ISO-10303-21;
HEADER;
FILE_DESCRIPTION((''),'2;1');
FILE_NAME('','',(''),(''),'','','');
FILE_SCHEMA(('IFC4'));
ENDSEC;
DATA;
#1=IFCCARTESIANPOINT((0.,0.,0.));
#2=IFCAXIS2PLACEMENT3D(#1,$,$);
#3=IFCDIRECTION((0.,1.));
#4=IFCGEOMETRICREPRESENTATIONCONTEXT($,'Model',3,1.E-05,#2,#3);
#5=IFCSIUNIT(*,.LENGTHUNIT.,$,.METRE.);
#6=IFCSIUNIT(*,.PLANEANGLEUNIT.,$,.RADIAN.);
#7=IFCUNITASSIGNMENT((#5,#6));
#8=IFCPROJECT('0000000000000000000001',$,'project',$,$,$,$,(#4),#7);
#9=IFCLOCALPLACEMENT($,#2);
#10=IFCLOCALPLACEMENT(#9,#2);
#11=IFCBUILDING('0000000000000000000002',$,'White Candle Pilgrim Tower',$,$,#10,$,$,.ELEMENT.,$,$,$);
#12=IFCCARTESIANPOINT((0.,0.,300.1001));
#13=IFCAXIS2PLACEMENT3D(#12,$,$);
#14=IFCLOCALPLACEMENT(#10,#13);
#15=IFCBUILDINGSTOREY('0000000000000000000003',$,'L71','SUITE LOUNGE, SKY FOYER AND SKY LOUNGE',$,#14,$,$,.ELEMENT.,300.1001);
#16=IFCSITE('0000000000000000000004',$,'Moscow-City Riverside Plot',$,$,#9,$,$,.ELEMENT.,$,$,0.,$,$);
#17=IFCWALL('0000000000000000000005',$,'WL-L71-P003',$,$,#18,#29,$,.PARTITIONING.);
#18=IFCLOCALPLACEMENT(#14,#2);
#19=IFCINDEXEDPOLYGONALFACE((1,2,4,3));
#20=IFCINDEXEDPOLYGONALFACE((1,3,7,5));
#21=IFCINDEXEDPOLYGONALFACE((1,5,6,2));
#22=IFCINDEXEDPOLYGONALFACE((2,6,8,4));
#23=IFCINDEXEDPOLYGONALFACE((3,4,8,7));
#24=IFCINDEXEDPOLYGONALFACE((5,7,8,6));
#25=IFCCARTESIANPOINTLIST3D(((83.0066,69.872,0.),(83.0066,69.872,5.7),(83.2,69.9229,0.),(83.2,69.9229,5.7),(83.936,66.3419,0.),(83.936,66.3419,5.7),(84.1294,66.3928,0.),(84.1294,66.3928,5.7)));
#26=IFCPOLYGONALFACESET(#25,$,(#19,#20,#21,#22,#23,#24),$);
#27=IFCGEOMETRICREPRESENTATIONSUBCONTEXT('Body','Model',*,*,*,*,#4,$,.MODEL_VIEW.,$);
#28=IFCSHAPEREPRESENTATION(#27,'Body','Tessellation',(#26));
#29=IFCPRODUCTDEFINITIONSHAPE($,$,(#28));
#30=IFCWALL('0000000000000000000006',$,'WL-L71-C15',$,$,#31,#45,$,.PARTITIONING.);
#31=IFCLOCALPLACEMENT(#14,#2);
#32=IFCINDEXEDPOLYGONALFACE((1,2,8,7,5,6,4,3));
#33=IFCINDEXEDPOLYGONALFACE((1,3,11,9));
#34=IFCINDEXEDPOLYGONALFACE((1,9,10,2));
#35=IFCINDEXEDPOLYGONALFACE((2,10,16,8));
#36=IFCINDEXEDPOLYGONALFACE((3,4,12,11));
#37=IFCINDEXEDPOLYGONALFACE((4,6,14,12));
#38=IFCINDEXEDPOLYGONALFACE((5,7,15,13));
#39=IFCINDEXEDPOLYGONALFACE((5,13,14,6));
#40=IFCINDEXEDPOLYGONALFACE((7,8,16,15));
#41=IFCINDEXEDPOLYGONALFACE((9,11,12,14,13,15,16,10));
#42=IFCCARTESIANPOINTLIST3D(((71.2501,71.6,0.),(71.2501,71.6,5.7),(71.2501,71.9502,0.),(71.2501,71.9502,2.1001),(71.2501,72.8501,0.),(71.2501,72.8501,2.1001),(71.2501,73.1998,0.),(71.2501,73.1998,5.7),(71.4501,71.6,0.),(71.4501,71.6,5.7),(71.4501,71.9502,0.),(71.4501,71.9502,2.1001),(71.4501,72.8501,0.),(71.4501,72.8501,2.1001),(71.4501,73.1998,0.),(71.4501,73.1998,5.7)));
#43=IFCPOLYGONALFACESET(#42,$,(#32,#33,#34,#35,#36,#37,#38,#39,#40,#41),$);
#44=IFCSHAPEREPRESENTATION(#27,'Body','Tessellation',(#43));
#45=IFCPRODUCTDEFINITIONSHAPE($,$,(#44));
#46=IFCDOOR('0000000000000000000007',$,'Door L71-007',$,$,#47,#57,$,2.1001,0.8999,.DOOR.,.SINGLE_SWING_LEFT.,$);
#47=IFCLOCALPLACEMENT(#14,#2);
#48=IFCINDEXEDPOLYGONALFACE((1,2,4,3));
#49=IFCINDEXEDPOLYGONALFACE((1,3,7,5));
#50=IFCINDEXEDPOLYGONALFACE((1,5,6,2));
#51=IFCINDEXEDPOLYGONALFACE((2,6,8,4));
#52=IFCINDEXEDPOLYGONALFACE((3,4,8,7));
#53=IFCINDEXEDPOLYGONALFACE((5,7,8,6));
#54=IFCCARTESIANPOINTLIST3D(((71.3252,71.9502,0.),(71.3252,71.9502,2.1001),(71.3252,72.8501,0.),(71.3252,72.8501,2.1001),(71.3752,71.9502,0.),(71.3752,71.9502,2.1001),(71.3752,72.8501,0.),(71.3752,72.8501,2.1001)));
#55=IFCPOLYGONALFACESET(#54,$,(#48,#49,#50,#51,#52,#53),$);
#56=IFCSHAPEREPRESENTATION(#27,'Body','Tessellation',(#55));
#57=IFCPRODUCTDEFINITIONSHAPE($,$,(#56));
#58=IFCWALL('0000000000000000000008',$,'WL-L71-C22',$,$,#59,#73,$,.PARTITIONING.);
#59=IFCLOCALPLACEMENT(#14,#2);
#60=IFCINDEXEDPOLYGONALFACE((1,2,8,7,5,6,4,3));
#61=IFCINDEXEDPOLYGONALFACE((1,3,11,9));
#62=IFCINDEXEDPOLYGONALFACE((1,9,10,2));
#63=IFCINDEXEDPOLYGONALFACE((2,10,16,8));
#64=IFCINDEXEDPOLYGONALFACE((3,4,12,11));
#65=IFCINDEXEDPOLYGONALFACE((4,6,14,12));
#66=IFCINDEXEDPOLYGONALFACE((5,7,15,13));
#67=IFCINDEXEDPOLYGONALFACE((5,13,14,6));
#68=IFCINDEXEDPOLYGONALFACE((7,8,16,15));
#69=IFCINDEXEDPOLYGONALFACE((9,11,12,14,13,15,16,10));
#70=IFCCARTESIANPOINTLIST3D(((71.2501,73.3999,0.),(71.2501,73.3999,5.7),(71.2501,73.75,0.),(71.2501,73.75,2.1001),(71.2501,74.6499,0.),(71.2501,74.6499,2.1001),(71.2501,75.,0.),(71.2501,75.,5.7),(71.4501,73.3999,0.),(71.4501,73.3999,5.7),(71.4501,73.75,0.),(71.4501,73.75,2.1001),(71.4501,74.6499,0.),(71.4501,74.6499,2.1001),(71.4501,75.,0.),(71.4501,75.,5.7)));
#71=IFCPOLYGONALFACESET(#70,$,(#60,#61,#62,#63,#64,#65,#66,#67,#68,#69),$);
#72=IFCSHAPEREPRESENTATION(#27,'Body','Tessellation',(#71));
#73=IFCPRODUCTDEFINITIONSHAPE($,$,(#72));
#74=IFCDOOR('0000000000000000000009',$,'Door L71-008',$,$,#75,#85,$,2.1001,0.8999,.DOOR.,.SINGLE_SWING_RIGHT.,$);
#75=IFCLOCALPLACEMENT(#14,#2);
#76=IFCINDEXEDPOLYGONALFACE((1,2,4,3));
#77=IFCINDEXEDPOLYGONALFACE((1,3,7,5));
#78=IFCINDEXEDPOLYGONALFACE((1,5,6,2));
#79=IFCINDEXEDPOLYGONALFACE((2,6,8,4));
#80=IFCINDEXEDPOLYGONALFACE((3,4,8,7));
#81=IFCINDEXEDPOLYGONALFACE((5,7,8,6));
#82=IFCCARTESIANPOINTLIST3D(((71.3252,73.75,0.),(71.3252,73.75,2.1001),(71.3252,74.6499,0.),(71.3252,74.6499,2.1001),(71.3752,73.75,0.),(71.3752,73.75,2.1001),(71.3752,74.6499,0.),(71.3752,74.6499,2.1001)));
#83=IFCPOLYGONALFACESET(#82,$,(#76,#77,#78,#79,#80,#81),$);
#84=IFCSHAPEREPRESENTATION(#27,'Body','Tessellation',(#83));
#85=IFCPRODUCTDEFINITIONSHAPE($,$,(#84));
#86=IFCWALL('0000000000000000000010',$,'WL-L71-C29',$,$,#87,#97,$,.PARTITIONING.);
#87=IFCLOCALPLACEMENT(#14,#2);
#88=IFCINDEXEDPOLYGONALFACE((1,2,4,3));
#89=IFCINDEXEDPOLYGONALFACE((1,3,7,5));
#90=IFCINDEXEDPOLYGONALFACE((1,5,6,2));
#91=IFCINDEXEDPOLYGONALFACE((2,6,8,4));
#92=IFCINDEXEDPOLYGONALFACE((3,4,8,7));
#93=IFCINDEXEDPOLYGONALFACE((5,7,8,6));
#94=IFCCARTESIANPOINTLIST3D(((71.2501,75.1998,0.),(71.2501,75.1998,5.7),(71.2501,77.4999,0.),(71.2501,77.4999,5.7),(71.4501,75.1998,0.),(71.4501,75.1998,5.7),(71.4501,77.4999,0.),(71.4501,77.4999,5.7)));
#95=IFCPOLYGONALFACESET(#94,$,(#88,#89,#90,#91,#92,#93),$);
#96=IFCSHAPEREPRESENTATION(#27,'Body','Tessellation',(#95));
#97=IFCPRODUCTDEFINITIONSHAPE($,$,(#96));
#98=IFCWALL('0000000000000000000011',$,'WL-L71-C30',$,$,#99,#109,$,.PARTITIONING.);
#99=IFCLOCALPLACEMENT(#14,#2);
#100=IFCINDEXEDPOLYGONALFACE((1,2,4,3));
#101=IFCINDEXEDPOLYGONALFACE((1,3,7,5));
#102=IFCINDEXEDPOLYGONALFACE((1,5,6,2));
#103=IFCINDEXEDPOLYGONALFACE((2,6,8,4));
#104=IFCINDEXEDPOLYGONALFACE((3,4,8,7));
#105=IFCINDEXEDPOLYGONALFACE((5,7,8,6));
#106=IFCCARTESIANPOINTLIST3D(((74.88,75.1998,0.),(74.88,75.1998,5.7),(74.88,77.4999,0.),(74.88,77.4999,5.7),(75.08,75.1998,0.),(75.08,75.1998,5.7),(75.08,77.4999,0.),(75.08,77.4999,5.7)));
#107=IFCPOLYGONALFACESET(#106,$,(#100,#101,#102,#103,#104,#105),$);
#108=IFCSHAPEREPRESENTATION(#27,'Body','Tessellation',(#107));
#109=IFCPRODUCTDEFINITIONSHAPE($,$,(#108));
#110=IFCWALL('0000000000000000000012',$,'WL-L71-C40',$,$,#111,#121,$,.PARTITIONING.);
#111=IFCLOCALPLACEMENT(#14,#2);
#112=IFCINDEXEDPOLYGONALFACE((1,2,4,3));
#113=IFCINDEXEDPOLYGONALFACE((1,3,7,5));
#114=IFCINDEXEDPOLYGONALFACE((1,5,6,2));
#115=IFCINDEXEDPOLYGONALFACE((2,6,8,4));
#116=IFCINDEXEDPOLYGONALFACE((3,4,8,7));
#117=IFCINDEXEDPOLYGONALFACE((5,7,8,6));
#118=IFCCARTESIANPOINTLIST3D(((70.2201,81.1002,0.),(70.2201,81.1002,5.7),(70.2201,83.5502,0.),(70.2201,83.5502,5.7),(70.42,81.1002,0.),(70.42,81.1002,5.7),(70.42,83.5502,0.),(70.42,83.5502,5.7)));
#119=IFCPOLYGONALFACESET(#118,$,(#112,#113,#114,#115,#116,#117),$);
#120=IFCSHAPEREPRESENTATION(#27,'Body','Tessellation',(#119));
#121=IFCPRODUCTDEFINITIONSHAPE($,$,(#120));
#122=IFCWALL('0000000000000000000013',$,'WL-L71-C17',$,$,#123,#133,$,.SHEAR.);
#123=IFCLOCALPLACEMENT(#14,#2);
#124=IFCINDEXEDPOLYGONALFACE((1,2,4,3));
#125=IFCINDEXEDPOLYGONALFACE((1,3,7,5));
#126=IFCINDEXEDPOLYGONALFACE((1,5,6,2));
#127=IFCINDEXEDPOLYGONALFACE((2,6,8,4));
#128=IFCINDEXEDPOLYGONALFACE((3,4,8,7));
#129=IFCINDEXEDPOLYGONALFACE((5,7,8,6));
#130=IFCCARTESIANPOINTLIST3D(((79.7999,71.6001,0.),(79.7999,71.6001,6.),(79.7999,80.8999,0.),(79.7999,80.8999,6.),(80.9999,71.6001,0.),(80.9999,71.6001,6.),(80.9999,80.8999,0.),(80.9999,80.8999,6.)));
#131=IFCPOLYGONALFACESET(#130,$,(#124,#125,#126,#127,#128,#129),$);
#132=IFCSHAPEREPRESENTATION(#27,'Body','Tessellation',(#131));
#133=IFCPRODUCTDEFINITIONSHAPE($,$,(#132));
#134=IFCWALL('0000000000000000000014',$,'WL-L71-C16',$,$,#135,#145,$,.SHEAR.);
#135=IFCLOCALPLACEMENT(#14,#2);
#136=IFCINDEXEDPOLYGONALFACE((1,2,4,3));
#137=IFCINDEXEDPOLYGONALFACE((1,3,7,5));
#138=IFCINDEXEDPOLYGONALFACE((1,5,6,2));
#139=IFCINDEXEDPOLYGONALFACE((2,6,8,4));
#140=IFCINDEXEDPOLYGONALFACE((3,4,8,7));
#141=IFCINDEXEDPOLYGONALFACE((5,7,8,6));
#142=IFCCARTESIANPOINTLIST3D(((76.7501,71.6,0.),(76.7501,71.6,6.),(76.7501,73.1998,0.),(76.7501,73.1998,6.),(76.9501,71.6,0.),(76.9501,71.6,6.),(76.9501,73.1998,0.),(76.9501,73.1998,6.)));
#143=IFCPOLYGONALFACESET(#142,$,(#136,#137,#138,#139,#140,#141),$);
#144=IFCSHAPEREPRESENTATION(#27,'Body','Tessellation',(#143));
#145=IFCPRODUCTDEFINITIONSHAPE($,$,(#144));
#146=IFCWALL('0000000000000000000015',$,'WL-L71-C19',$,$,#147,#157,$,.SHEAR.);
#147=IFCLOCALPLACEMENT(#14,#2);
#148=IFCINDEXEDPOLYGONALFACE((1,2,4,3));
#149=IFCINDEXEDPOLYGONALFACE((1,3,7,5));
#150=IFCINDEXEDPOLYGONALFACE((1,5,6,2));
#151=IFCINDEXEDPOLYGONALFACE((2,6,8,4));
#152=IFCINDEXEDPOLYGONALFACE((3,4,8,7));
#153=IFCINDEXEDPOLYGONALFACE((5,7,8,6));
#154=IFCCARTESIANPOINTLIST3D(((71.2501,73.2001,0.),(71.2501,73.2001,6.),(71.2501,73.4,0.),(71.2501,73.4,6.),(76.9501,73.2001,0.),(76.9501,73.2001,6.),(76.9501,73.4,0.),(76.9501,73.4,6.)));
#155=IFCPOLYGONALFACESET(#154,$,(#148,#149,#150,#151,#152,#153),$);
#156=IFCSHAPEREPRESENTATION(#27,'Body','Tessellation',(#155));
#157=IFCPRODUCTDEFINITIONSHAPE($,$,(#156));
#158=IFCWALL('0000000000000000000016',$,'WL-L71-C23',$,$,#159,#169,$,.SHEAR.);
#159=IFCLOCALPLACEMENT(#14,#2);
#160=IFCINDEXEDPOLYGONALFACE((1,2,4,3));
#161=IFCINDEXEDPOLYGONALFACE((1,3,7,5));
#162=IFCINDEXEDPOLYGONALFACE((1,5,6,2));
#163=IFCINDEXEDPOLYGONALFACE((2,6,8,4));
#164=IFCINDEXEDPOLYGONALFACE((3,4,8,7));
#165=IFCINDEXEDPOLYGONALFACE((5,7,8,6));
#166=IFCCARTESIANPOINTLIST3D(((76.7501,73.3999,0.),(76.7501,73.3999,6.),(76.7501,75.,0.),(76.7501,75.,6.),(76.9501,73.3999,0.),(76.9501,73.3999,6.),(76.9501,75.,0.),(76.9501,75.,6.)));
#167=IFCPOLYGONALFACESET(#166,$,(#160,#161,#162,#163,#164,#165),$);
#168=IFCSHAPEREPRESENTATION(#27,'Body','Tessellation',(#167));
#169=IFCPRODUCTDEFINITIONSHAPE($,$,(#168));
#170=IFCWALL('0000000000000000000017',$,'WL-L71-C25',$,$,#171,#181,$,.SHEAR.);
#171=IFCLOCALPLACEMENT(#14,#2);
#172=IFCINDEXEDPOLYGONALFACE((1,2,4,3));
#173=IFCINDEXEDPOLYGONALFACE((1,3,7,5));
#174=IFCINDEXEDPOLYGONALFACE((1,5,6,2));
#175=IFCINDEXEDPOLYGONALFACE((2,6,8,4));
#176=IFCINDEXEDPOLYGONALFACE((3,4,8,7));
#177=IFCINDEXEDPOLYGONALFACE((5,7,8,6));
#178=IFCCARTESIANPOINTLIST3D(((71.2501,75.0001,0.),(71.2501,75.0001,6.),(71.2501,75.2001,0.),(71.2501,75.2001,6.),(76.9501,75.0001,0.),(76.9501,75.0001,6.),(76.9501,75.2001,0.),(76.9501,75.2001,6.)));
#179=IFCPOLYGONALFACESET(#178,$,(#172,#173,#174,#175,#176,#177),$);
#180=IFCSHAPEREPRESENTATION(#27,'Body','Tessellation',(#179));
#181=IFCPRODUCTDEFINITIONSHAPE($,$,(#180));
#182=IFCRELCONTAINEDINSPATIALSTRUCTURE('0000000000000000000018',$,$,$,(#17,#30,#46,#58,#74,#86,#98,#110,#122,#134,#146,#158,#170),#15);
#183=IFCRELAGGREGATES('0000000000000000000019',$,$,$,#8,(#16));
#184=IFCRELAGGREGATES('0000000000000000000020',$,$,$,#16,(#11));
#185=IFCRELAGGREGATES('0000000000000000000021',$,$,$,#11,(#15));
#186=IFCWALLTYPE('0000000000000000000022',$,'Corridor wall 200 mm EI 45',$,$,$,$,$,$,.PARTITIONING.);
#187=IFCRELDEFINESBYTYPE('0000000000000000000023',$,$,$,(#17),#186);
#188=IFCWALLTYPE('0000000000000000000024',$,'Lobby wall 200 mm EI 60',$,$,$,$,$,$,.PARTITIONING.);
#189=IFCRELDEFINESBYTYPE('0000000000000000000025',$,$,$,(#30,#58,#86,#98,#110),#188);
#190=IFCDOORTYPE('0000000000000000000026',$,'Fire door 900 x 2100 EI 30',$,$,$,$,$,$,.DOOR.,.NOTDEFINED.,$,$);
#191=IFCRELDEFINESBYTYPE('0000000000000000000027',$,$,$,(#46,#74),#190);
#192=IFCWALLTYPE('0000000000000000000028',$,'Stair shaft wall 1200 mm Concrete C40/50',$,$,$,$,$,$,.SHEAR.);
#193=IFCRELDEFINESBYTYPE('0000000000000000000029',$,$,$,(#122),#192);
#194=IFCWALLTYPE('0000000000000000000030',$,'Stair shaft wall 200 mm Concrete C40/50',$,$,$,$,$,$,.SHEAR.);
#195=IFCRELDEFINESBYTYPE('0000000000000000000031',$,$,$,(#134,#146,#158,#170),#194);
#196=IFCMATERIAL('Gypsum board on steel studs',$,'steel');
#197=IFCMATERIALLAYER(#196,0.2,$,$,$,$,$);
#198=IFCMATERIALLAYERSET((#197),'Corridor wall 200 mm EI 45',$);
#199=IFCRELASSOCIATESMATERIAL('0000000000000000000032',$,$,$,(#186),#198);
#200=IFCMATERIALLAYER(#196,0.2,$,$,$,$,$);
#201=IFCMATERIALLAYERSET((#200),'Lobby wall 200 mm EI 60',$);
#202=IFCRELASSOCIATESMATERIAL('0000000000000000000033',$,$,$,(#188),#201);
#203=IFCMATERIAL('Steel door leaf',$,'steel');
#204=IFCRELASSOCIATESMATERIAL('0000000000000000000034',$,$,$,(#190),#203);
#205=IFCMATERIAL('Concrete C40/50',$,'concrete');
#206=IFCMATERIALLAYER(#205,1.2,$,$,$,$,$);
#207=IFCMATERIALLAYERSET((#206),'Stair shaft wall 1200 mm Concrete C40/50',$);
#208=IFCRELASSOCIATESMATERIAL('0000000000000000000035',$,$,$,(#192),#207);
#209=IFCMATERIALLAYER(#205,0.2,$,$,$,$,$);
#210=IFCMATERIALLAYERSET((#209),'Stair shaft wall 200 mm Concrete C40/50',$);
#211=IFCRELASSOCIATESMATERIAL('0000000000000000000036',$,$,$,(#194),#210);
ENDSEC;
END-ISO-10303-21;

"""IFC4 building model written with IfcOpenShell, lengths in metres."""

from ifc_helpers import new_model, si_unit, direction, frame, frame_2d, origin, place, context, subcontext, project, spatial, rectangle, extrude, material, layer, layer_set, type_object, element, fill, save


model = new_model("IFC4")

# Units and contexts
model_context = context("Model", 3, precision=1e-05, world=origin(), true_north=direction((0.0, 1.0)))
body_context = subcontext(model_context, "Body", "Model", "MODEL_VIEW")
ifc_project = project(units=[si_unit("LENGTHUNIT", "METRE"), si_unit("PLANEANGLEUNIT", "RADIAN")], contexts=[model_context])

# Site, building, storey
site_placement = place(None, origin())
site = spatial("IfcSite", under=ifc_project, at=site_placement, Name="Moscow-City Riverside Plot", CompositionType="ELEMENT", RefElevation=0.0)
building_placement = place(site_placement, origin())
building = spatial("IfcBuilding", under=site, at=building_placement, Name="White Candle Pilgrim Tower", CompositionType="ELEMENT")
storey_placement = place(building_placement, frame((0.0, 0.0, 300.1001)))
storey = spatial("IfcBuildingStorey", under=building, at=storey_placement, Name="L71", Description="SUITE LOUNGE, SKY FOYER AND SKY LOUNGE", CompositionType="ELEMENT", Elevation=300.1001)

# Wall
ifc_material_1 = material(Name="Gypsum board on steel studs", Category="steel")
ifc_layer_1 = layer(ifc_material_1, 0.2)
ifc_layer_set_1 = layer_set([ifc_layer_1], Name="Corridor wall 200 mm EI 45")
wall_type_1 = type_object("IfcWallType", Name="Corridor wall 200 mm EI 45", PredefinedType="PARTITIONING", material=ifc_layer_set_1)
wall_1_placement = place(storey_placement, frame((83.1033, 69.8975, 0.0), z_axis=(0.0, 0.0, 1.0), x_axis=(0.254618, -0.967042, 0.0)))
element("IfcWall", 1, at=wall_1_placement, inside=storey, type_object=wall_type_1, Name="WL-L71-P003", PredefinedType="PARTITIONING", context=body_context, shape_type="SweptSolid", body=[
    extrude(rectangle(XDim=3.6504, YDim=0.2, at=frame_2d((1.8252, 0.0))), origin(), (0.0, 0.0, 1.0), 5.7),
])

# Walls, openings, doors
ifc_layer_2 = layer(ifc_material_1, 0.2)
ifc_layer_set_2 = layer_set([ifc_layer_2], Name="Lobby wall 200 mm EI 60")
wall_type_2 = type_object("IfcWallType", Name="Lobby wall 200 mm EI 60", PredefinedType="PARTITIONING", material=ifc_layer_set_2)
wall_2_placement = place(storey_placement, frame((71.3501, 71.6001, 0.0), z_axis=(0.0, 0.0, 1.0), x_axis=(0.0, 1.0, 0.0)))
wall_2 = element("IfcWall", 2, at=wall_2_placement, inside=storey, type_object=wall_type_2, Name="WL-L71-C15", PredefinedType="PARTITIONING", context=body_context, shape_type="SweptSolid", body=[
    extrude(rectangle(XDim=1.5999, YDim=0.2, at=frame_2d((0.7998, 0.0))), origin(), (0.0, 0.0, 1.0), 5.7),
])
opening_1_placement = place(wall_2_placement, frame((0.3501, 0.0, 0.0)))
opening_1 = element("IfcOpeningElement", 3, at=opening_1_placement, cuts=wall_2, PredefinedType="OPENING", context=body_context, shape_type="SweptSolid", body=[
    extrude(rectangle(XDim=0.8999, YDim=2.1001, at=frame_2d((0.45, 1.05))), frame((0.0, 0.1099, 0.0), z_axis=(0.0, -1.0, 0.0), x_axis=(1.0, 0.0, 0.0)), (0.0, 0.0, 1.0), 0.22),
])
ifc_material_2 = material(Name="Steel door leaf", Category="steel")
door_type = type_object("IfcDoorType", Name="Fire door 900 x 2100 EI 30", OperationType="NOTDEFINED", PredefinedType="DOOR", material=ifc_material_2)
door_1_placement = place(opening_1_placement, origin())
door_1 = element("IfcDoor", 4, at=door_1_placement, inside=storey, type_object=door_type, Name="Door L71-007", OperationType="SINGLE_SWING_LEFT", OverallHeight=2.1001, OverallWidth=0.8999, PredefinedType="DOOR", context=body_context, shape_type="SweptSolid", body=[
    extrude(rectangle(XDim=0.8999, YDim=2.1001, at=frame_2d((0.45, 1.05))), frame((0.0, 0.0249, 0.0), z_axis=(0.0, -1.0, 0.0), x_axis=(1.0, 0.0, 0.0)), (0.0, 0.0, 1.0), 0.05),
])
fill(opening_1, door_1)
wall_3_placement = place(storey_placement, frame((71.3501, 73.3999, 0.0), z_axis=(0.0, 0.0, 1.0), x_axis=(0.0, 1.0, 0.0)))
wall_3 = element("IfcWall", 5, at=wall_3_placement, inside=storey, type_object=wall_type_2, Name="WL-L71-C22", PredefinedType="PARTITIONING", context=body_context, shape_type="SweptSolid", body=[
    extrude(rectangle(XDim=1.6001, YDim=0.2, at=frame_2d((0.8, 0.0))), origin(), (0.0, 0.0, 1.0), 5.7),
])
opening_2_placement = place(wall_3_placement, frame((0.3501, 0.0, 0.0)))
opening_2 = element("IfcOpeningElement", 6, at=opening_2_placement, cuts=wall_3, PredefinedType="OPENING", context=body_context, shape_type="SweptSolid", body=[
    extrude(rectangle(XDim=0.8999, YDim=2.1001, at=frame_2d((0.45, 1.05))), frame((0.0, 0.1099, 0.0), z_axis=(0.0, -1.0, 0.0), x_axis=(1.0, 0.0, 0.0)), (0.0, 0.0, 1.0), 0.22),
])
door_2_placement = place(opening_2_placement, origin())
door_2 = element("IfcDoor", 7, at=door_2_placement, inside=storey, type_object=door_type, Name="Door L71-008", OperationType="SINGLE_SWING_RIGHT", OverallHeight=2.1001, OverallWidth=0.8999, PredefinedType="DOOR", context=body_context, shape_type="SweptSolid", body=[
    extrude(rectangle(XDim=0.8999, YDim=2.1001, at=frame_2d((0.45, 1.05))), frame((0.0, 0.0249, 0.0), z_axis=(0.0, -1.0, 0.0), x_axis=(1.0, 0.0, 0.0)), (0.0, 0.0, 1.0), 0.05),
])
fill(opening_2, door_2)

# Walls
for number, where, z_axis, x_axis, name in (
    (8, (71.3501, 75.2, 0.0), (0.0, 0.0, 1.0), (0.0, 1.0, 0.0), "WL-L71-C29"),
    (9, (74.98, 75.2, 0.0), (0.0, 0.0, 1.0), (0.0, 1.0, 0.0), "WL-L71-C30"),
):
    element("IfcWall", number, at=place(storey_placement, frame(where, z_axis=z_axis, x_axis=x_axis)), inside=storey, type_object=wall_type_2, Name=name, PredefinedType="PARTITIONING", context=body_context, shape_type="SweptSolid", body=[
        extrude(rectangle(XDim=2.3, YDim=0.2, at=frame_2d((1.1499, 0.0))), origin(), (0.0, 0.0, 1.0), 5.7),
    ])
wall_4_placement = place(storey_placement, frame((70.3201, 81.1001, 0.0), z_axis=(0.0, 0.0, 1.0), x_axis=(0.0, 1.0, 0.0)))
element("IfcWall", 10, at=wall_4_placement, inside=storey, type_object=wall_type_2, Name="WL-L71-C40", PredefinedType="PARTITIONING", context=body_context, shape_type="SweptSolid", body=[
    extrude(rectangle(XDim=2.45, YDim=0.2, at=frame_2d((1.2251, 0.0))), origin(), (0.0, 0.0, 1.0), 5.7),
])
ifc_material_3 = material(Name="Concrete C40/50", Category="concrete")
ifc_layer_3 = layer(ifc_material_3, 1.2)
ifc_layer_set_3 = layer_set([ifc_layer_3], Name="Stair shaft wall 1200 mm Concrete C40/50")
wall_type_3 = type_object("IfcWallType", Name="Stair shaft wall 1200 mm Concrete C40/50", PredefinedType="SHEAR", material=ifc_layer_set_3)
wall_5_placement = place(storey_placement, frame((80.3999, 71.6001, 0.0), z_axis=(0.0, 0.0, 1.0), x_axis=(0.0, 1.0, 0.0)))
element("IfcWall", 11, at=wall_5_placement, inside=storey, type_object=wall_type_3, Name="WL-L71-C17", PredefinedType="SHEAR", context=body_context, shape_type="SweptSolid", body=[
    extrude(rectangle(XDim=9.2998, YDim=1.2, at=frame_2d((4.6499, 0.0))), origin(), (0.0, 0.0, 1.0), 6.0),
])
ifc_layer_4 = layer(ifc_material_3, 0.2)
ifc_layer_set_4 = layer_set([ifc_layer_4], Name="Stair shaft wall 200 mm Concrete C40/50")
wall_type_4 = type_object("IfcWallType", Name="Stair shaft wall 200 mm Concrete C40/50", PredefinedType="SHEAR", material=ifc_layer_set_4)
wall_6_placement = place(storey_placement, frame((76.8501, 71.6001, 0.0), z_axis=(0.0, 0.0, 1.0), x_axis=(0.0, 1.0, 0.0)))
element("IfcWall", 12, at=wall_6_placement, inside=storey, type_object=wall_type_4, Name="WL-L71-C16", PredefinedType="SHEAR", context=body_context, shape_type="SweptSolid", body=[
    extrude(rectangle(XDim=1.5999, YDim=0.2, at=frame_2d((0.7998, 0.0))), origin(), (0.0, 0.0, 1.0), 6.0),
])
wall_7_placement = place(storey_placement, frame((71.25, 73.3, 0.0), z_axis=(0.0, 0.0, 1.0), x_axis=(1.0, 0.0, 0.0)))
element("IfcWall", 13, at=wall_7_placement, inside=storey, type_object=wall_type_4, Name="WL-L71-C19", PredefinedType="SHEAR", context=body_context, shape_type="SweptSolid", body=[
    extrude(rectangle(XDim=5.7, YDim=0.2, at=frame_2d((2.8501, 0.0))), origin(), (0.0, 0.0, 1.0), 6.0),
])
wall_8_placement = place(storey_placement, frame((76.8501, 73.3999, 0.0), z_axis=(0.0, 0.0, 1.0), x_axis=(0.0, 1.0, 0.0)))
element("IfcWall", 14, at=wall_8_placement, inside=storey, type_object=wall_type_4, Name="WL-L71-C23", PredefinedType="SHEAR", context=body_context, shape_type="SweptSolid", body=[
    extrude(rectangle(XDim=1.6001, YDim=0.2, at=frame_2d((0.8, 0.0))), origin(), (0.0, 0.0, 1.0), 6.0),
])
wall_9_placement = place(storey_placement, frame((71.25, 75.1001, 0.0), z_axis=(0.0, 0.0, 1.0), x_axis=(1.0, 0.0, 0.0)))
element("IfcWall", 15, at=wall_9_placement, inside=storey, type_object=wall_type_4, Name="WL-L71-C25", PredefinedType="SHEAR", context=body_context, shape_type="SweptSolid", body=[
    extrude(rectangle(XDim=5.7, YDim=0.2, at=frame_2d((2.8501, 0.0))), origin(), (0.0, 0.0, 1.0), 6.0),
])

save(model, "model.ifc")
